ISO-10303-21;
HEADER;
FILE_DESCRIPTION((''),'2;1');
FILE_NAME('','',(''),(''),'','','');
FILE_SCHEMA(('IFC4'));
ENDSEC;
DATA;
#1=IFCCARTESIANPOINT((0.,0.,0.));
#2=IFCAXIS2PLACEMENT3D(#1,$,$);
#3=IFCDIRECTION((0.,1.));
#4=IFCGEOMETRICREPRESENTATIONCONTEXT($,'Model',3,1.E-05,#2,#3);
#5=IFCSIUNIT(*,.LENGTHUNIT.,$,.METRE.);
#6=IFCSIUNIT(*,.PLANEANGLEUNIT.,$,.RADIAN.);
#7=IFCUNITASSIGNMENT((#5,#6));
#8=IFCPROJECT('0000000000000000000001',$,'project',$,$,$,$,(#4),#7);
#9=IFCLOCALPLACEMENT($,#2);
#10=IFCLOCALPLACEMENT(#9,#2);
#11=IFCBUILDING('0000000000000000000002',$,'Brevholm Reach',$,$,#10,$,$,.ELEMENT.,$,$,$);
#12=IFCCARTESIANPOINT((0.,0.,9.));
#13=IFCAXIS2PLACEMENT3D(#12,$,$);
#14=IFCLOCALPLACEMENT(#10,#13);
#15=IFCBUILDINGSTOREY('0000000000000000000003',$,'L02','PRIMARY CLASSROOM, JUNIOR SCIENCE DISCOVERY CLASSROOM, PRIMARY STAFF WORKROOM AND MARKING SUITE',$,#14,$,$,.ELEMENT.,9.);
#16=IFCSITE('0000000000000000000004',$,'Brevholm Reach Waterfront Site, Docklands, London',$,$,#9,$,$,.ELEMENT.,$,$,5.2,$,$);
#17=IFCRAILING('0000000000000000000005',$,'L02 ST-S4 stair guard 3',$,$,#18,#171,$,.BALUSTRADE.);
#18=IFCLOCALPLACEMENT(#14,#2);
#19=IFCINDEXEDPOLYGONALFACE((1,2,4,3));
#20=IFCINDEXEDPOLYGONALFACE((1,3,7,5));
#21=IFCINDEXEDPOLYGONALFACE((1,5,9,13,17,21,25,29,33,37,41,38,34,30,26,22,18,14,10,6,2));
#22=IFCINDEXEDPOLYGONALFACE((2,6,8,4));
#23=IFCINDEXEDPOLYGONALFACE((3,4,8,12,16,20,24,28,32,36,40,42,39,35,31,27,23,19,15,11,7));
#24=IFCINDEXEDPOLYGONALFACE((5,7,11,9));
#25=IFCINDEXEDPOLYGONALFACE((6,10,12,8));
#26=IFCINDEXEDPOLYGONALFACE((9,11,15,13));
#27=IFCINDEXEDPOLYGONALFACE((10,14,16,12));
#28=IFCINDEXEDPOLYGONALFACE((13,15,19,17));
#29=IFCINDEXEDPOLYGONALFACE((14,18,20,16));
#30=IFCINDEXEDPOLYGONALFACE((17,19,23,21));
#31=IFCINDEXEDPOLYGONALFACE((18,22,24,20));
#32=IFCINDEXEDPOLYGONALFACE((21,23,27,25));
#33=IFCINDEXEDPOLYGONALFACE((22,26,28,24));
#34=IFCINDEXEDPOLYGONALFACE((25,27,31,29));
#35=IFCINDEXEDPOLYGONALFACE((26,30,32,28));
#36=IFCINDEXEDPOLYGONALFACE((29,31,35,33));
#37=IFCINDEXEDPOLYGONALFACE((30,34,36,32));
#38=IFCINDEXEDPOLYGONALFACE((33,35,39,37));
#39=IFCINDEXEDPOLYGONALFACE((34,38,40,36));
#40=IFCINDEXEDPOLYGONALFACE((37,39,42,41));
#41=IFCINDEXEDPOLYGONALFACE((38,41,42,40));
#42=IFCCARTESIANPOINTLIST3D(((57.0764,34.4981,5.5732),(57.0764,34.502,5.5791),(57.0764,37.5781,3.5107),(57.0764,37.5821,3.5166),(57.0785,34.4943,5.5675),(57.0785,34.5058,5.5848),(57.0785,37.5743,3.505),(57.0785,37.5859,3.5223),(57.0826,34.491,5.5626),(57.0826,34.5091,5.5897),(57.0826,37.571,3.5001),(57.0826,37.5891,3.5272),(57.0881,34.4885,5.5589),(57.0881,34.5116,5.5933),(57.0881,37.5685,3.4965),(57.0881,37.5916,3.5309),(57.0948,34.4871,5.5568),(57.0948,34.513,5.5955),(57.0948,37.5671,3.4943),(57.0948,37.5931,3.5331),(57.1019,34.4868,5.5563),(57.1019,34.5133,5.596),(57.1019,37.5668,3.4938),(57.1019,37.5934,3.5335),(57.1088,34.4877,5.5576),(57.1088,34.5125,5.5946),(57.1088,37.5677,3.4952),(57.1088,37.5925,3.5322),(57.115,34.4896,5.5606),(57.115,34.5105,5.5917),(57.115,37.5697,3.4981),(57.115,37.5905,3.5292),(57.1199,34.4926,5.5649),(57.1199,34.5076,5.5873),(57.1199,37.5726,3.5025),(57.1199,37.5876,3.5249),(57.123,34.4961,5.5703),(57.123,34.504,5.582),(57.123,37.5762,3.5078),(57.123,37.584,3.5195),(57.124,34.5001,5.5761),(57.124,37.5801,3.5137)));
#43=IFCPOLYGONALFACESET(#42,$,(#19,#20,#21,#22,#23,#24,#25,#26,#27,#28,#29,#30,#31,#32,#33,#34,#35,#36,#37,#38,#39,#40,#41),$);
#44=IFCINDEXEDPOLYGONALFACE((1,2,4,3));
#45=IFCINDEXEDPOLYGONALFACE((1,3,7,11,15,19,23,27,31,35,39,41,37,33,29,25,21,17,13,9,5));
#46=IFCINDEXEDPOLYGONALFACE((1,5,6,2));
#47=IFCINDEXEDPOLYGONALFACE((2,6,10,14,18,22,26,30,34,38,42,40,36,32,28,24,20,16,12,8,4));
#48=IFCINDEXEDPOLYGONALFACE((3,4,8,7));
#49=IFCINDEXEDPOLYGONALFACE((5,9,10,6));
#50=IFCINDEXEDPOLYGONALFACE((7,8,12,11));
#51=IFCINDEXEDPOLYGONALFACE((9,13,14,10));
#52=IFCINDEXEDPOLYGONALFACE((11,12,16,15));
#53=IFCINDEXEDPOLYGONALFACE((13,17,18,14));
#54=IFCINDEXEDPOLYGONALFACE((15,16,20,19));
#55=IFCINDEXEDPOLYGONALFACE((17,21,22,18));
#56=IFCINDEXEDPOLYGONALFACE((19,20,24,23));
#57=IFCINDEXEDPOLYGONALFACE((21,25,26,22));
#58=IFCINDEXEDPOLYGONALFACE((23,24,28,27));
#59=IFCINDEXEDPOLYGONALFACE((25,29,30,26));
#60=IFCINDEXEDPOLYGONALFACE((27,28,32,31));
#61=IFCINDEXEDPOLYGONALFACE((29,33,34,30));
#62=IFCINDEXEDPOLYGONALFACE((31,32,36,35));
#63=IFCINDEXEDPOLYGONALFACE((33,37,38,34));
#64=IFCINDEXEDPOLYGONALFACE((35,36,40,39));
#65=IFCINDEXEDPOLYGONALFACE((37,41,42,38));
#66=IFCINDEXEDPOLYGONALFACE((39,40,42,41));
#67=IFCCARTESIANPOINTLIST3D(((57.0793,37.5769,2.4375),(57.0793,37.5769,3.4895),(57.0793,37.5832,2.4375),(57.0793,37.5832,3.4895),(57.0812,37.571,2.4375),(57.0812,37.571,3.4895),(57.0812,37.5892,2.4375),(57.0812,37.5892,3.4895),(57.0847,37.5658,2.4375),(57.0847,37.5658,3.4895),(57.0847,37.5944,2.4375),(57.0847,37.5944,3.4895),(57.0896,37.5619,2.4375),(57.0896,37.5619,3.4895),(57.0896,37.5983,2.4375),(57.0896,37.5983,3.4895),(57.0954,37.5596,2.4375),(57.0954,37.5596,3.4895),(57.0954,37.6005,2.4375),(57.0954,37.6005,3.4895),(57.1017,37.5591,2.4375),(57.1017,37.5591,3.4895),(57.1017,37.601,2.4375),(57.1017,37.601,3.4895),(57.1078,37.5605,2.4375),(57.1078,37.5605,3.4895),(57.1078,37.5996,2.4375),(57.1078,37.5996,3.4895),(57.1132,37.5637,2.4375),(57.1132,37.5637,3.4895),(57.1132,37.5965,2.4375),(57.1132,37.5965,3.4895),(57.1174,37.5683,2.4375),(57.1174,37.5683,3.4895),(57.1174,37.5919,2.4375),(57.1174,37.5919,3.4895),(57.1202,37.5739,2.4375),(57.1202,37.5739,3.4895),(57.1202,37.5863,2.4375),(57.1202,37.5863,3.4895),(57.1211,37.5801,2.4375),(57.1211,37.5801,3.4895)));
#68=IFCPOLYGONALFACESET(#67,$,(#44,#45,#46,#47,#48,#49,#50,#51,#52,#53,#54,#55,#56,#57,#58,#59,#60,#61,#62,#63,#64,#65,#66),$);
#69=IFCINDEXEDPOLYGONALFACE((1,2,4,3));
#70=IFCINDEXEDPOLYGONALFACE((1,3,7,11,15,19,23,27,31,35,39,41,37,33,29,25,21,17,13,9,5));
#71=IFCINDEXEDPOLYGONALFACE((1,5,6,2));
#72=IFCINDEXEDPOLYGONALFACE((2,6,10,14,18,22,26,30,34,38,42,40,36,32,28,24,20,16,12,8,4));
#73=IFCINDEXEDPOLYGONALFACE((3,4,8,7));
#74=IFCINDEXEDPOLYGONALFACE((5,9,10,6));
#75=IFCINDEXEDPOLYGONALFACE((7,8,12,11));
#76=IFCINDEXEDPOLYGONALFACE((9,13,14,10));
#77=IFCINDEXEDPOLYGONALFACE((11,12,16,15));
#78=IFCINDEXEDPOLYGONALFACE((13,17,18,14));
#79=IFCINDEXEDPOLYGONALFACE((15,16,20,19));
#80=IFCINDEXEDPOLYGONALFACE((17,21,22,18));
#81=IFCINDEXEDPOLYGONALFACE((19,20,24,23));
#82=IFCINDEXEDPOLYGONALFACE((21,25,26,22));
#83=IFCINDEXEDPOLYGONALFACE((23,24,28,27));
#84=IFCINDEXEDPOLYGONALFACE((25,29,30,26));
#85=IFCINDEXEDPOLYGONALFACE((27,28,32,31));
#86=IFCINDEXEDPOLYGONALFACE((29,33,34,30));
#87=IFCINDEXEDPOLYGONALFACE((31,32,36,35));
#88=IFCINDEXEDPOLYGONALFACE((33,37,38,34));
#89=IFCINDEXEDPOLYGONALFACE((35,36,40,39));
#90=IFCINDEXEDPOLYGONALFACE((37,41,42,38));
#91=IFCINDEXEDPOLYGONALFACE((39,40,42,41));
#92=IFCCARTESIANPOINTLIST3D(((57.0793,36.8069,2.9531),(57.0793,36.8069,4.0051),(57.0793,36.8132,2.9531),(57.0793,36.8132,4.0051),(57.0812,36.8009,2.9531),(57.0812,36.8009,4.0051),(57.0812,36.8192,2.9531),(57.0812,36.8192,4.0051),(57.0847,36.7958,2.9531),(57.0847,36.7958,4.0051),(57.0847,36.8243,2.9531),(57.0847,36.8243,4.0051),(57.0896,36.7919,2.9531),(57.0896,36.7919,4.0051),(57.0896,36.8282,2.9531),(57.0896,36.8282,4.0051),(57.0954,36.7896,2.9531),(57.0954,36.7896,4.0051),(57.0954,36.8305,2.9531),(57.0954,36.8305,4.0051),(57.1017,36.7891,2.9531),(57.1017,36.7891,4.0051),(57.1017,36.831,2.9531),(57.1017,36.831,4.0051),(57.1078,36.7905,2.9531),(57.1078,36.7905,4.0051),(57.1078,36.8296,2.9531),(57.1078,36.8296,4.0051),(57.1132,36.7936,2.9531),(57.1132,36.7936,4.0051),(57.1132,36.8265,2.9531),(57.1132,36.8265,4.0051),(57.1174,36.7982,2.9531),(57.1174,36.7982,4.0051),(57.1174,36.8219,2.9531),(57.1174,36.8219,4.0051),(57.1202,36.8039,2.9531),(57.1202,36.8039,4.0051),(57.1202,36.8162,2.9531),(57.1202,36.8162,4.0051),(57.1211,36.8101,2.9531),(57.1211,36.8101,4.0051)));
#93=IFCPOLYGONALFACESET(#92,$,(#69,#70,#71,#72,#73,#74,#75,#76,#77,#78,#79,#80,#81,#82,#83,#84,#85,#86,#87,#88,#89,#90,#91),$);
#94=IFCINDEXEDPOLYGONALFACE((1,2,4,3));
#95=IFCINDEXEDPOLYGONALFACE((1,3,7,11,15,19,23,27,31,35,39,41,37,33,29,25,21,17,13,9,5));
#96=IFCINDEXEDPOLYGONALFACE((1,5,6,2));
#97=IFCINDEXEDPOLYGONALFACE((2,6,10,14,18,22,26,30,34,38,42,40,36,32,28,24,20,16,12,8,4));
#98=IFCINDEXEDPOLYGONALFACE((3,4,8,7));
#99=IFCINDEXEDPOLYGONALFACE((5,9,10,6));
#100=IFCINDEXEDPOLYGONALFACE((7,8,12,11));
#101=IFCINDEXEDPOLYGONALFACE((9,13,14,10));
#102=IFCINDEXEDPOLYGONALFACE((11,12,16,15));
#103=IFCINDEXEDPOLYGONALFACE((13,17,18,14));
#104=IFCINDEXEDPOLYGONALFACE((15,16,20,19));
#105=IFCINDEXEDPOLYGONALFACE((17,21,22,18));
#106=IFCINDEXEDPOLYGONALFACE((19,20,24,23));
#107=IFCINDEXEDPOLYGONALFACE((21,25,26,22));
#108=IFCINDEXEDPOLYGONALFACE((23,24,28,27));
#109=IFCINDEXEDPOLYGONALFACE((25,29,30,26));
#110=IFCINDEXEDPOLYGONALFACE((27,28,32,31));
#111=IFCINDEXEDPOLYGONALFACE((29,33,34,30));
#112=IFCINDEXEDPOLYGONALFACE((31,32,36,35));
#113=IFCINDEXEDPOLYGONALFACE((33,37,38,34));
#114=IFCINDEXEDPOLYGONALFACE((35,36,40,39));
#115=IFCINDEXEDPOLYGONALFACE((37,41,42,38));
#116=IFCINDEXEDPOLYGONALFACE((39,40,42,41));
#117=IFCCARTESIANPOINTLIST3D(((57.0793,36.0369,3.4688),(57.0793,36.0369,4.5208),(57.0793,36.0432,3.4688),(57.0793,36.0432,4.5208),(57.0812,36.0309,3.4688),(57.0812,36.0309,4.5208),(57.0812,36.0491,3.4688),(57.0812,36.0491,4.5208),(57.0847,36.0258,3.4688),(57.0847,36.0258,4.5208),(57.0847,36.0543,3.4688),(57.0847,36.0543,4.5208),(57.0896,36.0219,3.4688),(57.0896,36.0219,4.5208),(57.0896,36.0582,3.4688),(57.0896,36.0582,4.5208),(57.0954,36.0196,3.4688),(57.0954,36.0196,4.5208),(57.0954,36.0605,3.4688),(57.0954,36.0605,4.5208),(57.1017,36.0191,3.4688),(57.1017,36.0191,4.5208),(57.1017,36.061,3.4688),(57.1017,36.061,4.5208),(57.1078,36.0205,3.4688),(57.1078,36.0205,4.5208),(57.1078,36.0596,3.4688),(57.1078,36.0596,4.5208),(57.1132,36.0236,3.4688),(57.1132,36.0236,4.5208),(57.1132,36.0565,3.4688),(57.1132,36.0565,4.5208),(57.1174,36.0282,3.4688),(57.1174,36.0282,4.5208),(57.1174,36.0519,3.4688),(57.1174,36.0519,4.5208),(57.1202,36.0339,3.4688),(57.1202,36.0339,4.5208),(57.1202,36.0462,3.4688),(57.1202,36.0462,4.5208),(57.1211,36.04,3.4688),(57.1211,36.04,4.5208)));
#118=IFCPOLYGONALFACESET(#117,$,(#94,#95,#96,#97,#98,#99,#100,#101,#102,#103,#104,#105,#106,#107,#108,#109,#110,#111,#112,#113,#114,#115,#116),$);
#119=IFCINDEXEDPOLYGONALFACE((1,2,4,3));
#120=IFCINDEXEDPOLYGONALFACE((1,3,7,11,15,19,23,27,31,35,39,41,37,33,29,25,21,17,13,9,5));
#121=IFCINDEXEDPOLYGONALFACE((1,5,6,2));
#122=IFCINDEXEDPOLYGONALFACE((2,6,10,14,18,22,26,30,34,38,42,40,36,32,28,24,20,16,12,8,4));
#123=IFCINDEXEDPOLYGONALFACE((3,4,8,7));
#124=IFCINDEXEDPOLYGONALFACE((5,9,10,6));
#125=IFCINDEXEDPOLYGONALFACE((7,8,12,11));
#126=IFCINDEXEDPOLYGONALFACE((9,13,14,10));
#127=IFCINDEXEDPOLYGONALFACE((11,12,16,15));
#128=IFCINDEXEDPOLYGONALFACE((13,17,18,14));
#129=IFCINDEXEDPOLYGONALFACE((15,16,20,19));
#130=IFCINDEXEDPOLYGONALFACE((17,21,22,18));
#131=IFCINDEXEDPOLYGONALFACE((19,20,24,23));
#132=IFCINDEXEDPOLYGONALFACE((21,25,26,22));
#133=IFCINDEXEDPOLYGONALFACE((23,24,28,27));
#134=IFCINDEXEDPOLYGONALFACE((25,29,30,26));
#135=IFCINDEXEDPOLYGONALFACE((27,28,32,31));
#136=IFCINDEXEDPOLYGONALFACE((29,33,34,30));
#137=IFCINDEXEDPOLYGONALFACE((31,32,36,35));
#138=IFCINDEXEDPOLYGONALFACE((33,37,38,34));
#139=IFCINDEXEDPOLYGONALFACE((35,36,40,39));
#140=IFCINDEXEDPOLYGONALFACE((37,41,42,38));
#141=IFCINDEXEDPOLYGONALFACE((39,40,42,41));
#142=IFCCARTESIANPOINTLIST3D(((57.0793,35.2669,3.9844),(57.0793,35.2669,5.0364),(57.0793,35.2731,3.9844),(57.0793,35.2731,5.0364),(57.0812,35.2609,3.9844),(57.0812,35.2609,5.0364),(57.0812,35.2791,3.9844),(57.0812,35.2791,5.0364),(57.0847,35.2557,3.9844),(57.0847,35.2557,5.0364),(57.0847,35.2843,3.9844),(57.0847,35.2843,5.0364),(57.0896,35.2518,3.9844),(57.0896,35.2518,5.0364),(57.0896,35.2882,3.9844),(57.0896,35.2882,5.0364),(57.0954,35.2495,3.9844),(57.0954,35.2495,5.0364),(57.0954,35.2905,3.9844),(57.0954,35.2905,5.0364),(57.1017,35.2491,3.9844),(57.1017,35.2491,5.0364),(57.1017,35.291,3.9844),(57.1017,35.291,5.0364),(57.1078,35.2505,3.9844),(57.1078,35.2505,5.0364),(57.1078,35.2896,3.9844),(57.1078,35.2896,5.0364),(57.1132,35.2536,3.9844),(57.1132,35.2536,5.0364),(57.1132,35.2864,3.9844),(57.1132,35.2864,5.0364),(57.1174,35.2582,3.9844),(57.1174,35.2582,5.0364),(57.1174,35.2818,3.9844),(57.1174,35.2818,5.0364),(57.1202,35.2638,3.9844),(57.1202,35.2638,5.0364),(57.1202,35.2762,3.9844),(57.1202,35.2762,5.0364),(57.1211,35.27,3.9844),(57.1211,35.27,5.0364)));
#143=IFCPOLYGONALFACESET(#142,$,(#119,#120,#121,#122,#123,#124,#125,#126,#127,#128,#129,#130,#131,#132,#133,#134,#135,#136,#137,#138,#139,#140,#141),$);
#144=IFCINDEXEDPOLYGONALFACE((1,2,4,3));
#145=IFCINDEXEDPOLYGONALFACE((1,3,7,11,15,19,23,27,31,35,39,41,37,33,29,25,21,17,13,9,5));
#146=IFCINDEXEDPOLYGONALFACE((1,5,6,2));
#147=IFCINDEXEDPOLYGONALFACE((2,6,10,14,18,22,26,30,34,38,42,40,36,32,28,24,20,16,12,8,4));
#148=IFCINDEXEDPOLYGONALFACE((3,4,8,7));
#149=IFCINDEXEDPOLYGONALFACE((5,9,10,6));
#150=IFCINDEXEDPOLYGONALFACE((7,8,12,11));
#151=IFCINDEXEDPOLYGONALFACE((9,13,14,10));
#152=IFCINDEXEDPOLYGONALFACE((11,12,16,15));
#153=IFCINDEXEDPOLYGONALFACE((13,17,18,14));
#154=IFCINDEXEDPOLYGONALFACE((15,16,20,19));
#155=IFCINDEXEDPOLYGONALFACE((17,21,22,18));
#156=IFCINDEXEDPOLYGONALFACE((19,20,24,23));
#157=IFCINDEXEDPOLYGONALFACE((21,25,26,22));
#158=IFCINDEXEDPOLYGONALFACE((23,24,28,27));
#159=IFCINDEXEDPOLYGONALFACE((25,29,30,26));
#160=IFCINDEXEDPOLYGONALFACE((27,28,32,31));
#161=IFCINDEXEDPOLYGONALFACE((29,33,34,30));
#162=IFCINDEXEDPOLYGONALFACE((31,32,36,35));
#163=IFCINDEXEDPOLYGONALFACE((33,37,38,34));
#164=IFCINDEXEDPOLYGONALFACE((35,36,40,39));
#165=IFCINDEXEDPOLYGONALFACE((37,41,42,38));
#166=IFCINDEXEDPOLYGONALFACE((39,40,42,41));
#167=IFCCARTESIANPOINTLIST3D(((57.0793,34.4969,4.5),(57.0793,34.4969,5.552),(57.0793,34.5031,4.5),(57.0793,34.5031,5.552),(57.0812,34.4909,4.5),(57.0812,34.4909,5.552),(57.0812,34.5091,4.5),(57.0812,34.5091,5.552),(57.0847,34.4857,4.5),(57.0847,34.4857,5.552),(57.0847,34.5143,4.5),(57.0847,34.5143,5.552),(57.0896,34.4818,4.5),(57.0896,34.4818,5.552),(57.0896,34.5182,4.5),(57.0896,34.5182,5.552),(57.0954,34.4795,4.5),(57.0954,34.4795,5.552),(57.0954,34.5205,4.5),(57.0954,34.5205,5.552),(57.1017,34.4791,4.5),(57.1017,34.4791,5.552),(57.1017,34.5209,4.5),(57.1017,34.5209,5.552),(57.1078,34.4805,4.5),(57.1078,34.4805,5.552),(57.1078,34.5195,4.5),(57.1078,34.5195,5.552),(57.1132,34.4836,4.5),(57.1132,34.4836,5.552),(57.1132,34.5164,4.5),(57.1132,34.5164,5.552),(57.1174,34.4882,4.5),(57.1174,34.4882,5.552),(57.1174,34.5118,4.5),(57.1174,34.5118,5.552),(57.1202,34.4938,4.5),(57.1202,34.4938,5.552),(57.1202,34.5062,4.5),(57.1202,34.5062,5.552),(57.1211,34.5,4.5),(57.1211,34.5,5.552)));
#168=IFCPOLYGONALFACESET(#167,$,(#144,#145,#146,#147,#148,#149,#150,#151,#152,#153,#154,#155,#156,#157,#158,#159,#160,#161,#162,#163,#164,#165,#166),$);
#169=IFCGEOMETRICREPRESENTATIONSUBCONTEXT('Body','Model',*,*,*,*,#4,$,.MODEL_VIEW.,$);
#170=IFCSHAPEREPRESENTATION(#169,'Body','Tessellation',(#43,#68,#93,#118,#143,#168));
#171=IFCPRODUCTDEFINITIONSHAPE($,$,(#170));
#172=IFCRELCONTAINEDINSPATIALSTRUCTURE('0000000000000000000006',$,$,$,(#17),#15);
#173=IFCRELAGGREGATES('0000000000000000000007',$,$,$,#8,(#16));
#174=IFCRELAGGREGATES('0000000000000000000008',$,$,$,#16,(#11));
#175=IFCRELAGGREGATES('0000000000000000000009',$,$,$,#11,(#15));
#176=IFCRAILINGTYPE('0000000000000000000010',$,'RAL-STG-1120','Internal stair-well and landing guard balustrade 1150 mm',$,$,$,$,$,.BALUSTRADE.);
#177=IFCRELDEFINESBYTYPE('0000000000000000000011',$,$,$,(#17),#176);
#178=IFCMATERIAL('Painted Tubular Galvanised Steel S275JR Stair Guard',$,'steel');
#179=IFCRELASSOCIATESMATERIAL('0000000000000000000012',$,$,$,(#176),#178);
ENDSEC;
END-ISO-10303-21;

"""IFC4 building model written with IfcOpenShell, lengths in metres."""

from ifc_helpers import new_model, si_unit, direction, frame, origin, origin_2d, place, context, subcontext, project, spatial, circle, extrude, material, type_object, element, save


model = new_model("IFC4")

# Units and contexts
model_context = context("Model", 3, precision=1e-05, world=origin(), true_north=direction((0.0, 1.0)))
body_context = subcontext(model_context, "Body", "Model", "MODEL_VIEW")
ifc_project = project(units=[si_unit("LENGTHUNIT", "METRE"), si_unit("PLANEANGLEUNIT", "RADIAN")], contexts=[model_context])

# Site, building, storey
site_placement = place(None, origin())
site = spatial("IfcSite", under=ifc_project, at=site_placement, Name="Brevholm Reach Waterfront Site, Docklands, London", CompositionType="ELEMENT", RefElevation=5.2)
building_placement = place(site_placement, origin())
building = spatial("IfcBuilding", under=site, at=building_placement, Name="Brevholm Reach", CompositionType="ELEMENT")
storey_placement = place(building_placement, frame((0.0, 0.0, 9.0)))
storey = spatial("IfcBuildingStorey", under=building, at=storey_placement, Name="L02", Description="PRIMARY CLASSROOM, JUNIOR SCIENCE DISCOVERY CLASSROOM, PRIMARY STAFF WORKROOM AND MARKING SUITE", CompositionType="ELEMENT", Elevation=9.0)

# Railing
ifc_material_1 = material(Name="Painted Tubular Galvanised Steel S275JR Stair Guard", Category="steel")
railing_type_1 = type_object("IfcRailingType", Name="RAL-STG-1120", Description="Internal stair-well and landing guard balustrade 1150 mm", PredefinedType="BALUSTRADE", material=ifc_material_1)
railing_1_placement = place(storey_placement, frame((57.1001, 37.5801, 2.4375)))
element("IfcRailing", 1, at=railing_1_placement, inside=storey, type_object=railing_type_1, Name="L02 ST-S4 stair guard 3", PredefinedType="BALUSTRADE", context=body_context, shape_type="SweptSolid", body=[
    extrude(circle(Radius=0.0239, at=origin_2d()), frame((0.0, 0.0, 1.0762), z_axis=(0.0, -0.830914, 0.556401), x_axis=(1.0, 0.0, 0.0)), (0.0, 0.0, 1.0), 3.7068),
    extrude(circle(Radius=0.021, at=origin_2d()), origin(), (0.0, 0.0, 1.0), 1.052),
    extrude(circle(Radius=0.021, at=origin_2d()), frame((0.0, -0.77, 0.5156)), (0.0, 0.0, 1.0), 1.052),
    extrude(circle(Radius=0.021, at=origin_2d()), frame((0.0, -1.54, 1.0312)), (0.0, 0.0, 1.0), 1.052),
    extrude(circle(Radius=0.021, at=origin_2d()), frame((0.0, -2.3101, 1.5469)), (0.0, 0.0, 1.0), 1.052),
    extrude(circle(Radius=0.021, at=origin_2d()), frame((0.0, -3.0801, 2.0625)), (0.0, 0.0, 1.0), 1.052),
])

save(model, "model.ifc")
